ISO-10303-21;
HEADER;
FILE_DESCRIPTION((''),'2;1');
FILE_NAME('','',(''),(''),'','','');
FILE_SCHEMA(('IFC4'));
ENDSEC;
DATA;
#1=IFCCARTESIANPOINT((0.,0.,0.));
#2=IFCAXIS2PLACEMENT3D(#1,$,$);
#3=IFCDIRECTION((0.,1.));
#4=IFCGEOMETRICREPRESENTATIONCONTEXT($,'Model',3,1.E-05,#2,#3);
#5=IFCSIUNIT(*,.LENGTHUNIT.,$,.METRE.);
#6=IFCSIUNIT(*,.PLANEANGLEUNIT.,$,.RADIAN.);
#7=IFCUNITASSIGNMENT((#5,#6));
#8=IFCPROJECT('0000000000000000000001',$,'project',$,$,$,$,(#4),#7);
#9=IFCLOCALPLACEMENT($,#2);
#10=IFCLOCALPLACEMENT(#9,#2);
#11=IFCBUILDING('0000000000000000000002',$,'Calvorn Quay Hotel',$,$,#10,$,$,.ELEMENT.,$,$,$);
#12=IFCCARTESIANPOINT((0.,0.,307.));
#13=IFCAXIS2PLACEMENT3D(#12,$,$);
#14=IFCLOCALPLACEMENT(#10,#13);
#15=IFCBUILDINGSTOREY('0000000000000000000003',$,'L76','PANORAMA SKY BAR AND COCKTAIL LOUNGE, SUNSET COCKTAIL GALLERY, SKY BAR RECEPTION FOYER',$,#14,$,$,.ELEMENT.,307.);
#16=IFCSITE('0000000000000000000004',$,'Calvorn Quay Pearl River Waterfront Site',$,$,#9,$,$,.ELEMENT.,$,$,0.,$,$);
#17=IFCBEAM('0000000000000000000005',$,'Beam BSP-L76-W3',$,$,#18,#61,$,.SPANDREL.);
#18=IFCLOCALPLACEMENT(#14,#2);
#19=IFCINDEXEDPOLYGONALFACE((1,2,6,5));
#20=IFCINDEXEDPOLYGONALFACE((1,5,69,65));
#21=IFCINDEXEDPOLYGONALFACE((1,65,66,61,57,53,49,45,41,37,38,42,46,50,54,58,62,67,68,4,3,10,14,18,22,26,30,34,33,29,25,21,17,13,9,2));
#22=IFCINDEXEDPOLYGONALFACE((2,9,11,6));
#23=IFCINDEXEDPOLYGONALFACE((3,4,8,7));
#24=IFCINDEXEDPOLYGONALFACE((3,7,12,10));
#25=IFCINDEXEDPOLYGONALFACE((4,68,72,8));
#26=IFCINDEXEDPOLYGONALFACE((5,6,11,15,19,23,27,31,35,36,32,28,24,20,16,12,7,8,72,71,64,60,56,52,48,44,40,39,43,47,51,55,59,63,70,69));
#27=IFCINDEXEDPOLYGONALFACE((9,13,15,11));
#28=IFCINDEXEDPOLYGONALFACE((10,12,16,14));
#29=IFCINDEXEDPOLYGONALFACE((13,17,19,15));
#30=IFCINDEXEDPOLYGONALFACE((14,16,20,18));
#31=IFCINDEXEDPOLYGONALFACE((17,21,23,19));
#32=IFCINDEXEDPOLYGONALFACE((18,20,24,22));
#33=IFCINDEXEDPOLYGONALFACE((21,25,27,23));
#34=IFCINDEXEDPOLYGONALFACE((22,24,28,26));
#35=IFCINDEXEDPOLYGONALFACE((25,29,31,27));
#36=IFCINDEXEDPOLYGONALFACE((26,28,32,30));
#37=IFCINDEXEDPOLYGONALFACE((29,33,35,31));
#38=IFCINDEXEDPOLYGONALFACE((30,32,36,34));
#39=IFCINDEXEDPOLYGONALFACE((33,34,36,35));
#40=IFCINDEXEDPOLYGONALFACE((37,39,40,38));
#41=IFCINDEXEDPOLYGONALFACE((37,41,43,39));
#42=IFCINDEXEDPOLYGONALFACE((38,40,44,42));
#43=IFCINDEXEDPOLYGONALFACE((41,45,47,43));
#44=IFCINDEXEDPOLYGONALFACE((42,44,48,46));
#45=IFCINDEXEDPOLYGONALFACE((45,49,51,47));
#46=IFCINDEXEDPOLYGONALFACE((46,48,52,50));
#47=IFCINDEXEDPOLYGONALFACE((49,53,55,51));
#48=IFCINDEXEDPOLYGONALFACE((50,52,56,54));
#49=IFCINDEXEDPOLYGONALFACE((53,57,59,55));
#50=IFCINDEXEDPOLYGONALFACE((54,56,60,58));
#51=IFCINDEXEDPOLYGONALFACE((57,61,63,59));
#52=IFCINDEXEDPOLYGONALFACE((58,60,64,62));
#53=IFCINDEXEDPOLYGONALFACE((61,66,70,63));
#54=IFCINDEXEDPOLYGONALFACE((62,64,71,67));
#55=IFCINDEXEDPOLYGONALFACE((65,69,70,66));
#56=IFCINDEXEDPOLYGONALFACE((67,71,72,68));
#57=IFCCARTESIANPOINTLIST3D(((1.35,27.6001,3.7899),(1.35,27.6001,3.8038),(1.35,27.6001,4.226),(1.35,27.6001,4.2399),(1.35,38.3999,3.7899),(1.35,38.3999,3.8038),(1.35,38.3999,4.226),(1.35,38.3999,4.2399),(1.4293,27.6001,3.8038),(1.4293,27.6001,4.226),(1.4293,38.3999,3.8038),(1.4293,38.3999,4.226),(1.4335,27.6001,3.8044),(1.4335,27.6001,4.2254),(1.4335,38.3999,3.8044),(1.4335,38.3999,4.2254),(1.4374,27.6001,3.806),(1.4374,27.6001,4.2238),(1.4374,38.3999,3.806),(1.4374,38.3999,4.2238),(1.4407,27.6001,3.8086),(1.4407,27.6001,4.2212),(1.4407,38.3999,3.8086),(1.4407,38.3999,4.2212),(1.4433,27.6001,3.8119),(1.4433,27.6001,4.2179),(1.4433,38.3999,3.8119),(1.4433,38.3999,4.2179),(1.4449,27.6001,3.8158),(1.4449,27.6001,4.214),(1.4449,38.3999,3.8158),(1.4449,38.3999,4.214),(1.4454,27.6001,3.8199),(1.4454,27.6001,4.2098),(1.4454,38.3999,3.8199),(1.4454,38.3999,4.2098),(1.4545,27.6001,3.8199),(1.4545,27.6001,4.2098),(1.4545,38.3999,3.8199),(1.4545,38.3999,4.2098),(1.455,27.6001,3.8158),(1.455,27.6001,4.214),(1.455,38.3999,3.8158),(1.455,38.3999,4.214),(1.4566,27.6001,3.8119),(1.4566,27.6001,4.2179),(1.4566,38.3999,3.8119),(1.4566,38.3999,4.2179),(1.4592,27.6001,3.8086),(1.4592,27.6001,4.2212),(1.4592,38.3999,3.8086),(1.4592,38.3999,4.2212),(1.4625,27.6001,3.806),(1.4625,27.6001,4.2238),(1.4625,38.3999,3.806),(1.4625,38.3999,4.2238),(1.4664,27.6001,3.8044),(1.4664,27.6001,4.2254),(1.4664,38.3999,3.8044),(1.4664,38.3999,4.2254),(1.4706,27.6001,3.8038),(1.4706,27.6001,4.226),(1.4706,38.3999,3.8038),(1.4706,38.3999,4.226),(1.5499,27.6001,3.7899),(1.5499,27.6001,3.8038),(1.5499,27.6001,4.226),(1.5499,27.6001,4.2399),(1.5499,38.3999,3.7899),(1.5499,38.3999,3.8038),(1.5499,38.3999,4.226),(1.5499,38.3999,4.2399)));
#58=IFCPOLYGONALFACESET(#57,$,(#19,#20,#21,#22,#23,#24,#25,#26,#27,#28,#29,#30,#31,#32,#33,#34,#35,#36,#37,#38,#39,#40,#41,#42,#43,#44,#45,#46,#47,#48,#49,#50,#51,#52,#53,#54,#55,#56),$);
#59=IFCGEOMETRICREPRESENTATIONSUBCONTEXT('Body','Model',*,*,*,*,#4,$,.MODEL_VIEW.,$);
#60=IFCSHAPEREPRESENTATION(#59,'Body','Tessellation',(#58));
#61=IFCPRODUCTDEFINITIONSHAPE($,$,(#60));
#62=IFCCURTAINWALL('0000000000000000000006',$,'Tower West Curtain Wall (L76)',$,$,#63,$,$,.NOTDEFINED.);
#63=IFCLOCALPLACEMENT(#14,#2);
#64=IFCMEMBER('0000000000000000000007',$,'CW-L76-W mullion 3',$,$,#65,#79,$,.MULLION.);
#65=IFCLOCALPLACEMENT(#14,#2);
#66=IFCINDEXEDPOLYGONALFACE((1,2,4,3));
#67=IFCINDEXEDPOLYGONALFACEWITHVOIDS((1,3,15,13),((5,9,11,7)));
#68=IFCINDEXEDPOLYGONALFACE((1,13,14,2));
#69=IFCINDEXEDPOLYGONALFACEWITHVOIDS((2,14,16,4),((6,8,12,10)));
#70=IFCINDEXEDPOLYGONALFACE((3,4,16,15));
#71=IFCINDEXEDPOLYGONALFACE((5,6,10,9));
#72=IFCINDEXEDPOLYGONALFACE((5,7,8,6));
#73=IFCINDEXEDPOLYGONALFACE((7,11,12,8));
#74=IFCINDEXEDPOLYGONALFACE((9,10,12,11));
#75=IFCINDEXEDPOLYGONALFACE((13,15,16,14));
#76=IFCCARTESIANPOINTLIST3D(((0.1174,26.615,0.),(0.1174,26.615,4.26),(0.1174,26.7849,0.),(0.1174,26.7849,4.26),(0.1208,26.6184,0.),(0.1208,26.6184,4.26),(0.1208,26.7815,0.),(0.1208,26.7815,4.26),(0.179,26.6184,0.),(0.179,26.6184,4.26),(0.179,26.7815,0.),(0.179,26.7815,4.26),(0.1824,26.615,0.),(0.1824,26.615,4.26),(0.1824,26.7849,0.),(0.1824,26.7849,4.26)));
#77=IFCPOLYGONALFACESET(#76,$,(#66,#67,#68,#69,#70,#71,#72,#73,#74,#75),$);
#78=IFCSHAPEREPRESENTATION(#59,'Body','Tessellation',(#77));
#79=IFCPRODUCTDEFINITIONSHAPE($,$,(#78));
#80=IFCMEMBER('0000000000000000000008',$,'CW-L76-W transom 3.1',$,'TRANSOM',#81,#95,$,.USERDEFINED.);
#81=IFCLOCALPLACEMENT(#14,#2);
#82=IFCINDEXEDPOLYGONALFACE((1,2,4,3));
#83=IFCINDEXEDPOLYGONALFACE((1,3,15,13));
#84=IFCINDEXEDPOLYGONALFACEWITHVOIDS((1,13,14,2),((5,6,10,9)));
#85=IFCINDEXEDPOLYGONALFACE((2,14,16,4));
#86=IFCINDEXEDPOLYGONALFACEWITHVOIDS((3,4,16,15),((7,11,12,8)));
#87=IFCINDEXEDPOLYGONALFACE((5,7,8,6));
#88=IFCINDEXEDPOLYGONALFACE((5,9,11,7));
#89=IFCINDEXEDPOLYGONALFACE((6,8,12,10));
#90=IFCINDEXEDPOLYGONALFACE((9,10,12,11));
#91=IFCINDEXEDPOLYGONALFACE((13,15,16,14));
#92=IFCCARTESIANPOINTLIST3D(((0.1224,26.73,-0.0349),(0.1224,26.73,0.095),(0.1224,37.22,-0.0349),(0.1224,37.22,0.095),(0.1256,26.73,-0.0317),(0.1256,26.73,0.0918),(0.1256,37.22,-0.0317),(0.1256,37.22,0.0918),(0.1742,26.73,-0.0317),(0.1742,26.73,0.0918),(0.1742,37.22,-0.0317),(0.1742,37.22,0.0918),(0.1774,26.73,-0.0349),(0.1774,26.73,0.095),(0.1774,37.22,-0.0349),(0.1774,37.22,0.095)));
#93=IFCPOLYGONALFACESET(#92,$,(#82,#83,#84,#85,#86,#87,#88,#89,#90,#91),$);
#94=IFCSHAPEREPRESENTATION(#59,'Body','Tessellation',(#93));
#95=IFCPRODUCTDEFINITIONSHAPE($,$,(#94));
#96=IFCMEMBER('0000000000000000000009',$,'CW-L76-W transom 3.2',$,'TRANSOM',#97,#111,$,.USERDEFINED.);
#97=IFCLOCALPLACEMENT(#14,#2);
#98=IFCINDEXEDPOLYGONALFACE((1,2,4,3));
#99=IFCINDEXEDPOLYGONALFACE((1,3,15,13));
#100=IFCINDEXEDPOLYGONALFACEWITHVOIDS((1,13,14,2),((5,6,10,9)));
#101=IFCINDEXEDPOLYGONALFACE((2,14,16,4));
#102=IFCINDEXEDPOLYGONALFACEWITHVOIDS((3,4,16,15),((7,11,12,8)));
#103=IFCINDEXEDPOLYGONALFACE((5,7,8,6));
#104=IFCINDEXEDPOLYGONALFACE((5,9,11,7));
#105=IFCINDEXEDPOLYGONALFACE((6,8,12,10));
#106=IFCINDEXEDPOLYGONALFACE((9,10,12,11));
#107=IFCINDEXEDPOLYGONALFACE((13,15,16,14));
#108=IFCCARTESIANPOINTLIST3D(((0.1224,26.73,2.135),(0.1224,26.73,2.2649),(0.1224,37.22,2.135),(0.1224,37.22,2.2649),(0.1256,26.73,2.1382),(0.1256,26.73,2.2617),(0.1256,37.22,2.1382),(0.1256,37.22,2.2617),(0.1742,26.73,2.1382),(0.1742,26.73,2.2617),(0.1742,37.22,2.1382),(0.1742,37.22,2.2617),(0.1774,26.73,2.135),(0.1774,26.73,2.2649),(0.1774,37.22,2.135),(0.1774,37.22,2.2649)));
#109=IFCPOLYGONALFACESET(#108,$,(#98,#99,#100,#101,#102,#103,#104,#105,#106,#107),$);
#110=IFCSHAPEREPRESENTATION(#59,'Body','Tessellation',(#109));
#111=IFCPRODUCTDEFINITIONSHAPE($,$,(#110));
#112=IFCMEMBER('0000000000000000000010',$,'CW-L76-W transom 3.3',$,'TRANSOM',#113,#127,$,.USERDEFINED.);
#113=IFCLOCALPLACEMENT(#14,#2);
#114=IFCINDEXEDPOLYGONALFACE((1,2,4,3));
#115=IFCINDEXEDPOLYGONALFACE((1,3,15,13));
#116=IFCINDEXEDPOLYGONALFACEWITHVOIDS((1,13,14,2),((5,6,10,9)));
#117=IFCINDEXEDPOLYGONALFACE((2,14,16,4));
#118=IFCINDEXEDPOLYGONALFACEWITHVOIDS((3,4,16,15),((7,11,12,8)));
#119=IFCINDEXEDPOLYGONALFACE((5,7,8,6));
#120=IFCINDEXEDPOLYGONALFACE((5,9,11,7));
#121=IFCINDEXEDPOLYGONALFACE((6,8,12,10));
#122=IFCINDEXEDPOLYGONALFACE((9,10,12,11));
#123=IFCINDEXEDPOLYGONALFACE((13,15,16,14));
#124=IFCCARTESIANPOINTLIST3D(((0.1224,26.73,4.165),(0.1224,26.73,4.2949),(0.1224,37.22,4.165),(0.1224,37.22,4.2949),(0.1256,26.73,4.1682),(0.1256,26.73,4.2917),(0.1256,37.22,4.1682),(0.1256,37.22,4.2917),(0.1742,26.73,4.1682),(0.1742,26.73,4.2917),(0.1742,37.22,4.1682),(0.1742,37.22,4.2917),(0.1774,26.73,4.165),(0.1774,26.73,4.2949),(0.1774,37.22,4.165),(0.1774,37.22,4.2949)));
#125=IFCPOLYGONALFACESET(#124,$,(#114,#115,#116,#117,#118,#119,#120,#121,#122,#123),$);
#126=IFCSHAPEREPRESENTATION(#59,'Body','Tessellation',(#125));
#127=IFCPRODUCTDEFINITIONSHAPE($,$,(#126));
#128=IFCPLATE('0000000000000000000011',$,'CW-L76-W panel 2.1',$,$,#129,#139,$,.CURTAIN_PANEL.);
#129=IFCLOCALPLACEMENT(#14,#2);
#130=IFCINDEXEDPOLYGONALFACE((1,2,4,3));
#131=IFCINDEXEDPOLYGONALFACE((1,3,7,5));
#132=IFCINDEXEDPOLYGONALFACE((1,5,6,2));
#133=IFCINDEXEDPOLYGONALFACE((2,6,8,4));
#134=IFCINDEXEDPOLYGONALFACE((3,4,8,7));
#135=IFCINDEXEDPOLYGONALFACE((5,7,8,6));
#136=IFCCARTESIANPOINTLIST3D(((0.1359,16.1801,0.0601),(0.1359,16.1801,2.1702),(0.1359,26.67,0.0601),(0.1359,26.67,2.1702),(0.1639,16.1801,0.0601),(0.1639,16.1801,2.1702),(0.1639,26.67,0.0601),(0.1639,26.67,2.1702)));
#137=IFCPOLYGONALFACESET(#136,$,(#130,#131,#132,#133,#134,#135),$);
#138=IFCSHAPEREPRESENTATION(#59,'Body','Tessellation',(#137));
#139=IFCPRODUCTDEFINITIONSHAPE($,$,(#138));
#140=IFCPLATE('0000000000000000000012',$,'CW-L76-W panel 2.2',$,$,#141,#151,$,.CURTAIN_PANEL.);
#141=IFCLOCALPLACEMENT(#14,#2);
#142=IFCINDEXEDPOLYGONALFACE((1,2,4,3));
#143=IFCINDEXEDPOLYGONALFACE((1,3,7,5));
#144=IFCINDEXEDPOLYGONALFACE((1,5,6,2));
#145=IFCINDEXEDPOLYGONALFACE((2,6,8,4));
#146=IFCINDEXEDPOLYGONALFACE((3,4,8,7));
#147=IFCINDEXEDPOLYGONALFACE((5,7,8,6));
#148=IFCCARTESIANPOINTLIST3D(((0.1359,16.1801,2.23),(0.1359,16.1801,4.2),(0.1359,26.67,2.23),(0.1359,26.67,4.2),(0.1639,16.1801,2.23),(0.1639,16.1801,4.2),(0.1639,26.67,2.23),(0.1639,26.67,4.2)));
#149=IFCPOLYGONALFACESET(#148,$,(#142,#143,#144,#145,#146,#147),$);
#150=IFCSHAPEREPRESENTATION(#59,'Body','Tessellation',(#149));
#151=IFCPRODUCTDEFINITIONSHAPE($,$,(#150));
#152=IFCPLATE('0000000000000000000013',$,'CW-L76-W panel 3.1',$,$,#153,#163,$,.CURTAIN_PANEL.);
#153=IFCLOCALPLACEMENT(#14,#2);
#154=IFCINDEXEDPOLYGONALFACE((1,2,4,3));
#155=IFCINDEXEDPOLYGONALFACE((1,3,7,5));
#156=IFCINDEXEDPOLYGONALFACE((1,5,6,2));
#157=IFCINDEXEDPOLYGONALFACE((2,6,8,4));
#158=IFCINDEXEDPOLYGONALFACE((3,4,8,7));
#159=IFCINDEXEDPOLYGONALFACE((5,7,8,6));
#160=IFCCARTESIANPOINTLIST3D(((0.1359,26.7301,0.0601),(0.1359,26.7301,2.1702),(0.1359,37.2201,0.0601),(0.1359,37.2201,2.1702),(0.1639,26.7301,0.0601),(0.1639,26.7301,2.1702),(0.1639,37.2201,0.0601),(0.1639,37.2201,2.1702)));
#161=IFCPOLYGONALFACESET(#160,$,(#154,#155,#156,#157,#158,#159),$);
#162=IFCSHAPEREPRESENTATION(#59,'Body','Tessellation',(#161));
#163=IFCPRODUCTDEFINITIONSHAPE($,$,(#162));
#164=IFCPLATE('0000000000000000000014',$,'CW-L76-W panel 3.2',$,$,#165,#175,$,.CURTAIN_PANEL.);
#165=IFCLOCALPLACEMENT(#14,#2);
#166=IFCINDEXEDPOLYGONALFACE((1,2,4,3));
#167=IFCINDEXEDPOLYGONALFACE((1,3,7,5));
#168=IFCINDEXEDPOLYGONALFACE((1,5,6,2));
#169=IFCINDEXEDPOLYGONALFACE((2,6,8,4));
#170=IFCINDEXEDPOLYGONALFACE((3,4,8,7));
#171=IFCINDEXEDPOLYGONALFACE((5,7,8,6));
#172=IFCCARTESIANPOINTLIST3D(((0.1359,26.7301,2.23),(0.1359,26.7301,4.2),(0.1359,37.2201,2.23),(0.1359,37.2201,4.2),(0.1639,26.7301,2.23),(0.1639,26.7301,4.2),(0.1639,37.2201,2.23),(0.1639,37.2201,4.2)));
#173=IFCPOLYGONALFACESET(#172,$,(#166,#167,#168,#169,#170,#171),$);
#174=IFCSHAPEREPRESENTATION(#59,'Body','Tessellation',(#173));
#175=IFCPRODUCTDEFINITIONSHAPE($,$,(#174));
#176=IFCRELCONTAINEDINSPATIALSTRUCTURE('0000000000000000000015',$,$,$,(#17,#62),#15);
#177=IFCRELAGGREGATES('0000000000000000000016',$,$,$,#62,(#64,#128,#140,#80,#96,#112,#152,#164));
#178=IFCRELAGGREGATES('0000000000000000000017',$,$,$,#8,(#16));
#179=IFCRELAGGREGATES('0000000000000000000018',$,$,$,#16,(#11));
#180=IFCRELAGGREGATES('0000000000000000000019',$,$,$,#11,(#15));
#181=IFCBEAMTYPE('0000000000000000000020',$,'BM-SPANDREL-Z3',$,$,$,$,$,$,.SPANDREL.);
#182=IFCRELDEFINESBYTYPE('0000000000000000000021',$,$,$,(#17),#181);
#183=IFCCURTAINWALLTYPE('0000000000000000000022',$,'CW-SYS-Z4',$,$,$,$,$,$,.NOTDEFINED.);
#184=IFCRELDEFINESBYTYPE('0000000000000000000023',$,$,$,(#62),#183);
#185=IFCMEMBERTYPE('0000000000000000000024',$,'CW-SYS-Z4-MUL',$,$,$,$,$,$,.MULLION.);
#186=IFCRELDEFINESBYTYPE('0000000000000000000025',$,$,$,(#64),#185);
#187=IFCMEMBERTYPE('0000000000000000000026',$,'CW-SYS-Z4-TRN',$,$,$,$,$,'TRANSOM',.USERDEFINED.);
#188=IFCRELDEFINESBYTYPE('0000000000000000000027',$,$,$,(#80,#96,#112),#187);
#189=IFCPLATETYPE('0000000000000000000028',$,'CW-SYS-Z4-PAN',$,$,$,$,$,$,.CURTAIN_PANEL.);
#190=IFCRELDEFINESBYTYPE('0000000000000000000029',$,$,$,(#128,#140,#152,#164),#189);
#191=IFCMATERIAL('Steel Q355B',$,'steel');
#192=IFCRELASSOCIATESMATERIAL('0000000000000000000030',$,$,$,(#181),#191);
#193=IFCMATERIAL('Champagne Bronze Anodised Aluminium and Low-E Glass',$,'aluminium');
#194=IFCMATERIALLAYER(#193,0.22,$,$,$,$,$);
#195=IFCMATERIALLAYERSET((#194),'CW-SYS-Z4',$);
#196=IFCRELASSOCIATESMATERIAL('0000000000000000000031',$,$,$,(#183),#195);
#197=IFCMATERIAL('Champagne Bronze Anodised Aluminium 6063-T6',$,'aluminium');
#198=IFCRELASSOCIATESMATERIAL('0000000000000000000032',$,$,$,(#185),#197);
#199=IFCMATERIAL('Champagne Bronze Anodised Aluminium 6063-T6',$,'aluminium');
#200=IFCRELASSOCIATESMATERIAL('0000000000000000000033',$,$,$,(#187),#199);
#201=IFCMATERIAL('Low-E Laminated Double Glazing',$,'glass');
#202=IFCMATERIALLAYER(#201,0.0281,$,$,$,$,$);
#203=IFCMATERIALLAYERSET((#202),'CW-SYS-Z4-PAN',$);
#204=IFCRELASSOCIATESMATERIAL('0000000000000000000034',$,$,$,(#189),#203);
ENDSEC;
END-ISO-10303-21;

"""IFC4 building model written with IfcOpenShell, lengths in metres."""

from ifc_helpers import new_model, si_unit, direction, frame, origin, origin_2d, place, context, subcontext, project, spatial, rectangle, hollow_rectangle, i_section, extrude, material, layer, layer_set, material_profile, profile_set, type_object, element, aggregate, save


model = new_model("IFC4")

# Units and contexts
model_context = context("Model", 3, precision=1e-05, world=origin(), true_north=direction((0.0, 1.0)))
body_context = subcontext(model_context, "Body", "Model", "MODEL_VIEW")
ifc_project = project(units=[si_unit("LENGTHUNIT", "METRE"), si_unit("PLANEANGLEUNIT", "RADIAN")], contexts=[model_context])

# Site, building, storey
site_placement = place(None, origin())
site = spatial("IfcSite", under=ifc_project, at=site_placement, Name="Calvorn Quay Pearl River Waterfront Site", CompositionType="ELEMENT", RefElevation=0.0)
building_placement = place(site_placement, origin())
building = spatial("IfcBuilding", under=site, at=building_placement, Name="Calvorn Quay Hotel", CompositionType="ELEMENT")
storey_placement = place(building_placement, frame((0.0, 0.0, 307.0)))
storey = spatial("IfcBuildingStorey", under=building, at=storey_placement, Name="L76", Description="PANORAMA SKY BAR AND COCKTAIL LOUNGE, SUNSET COCKTAIL GALLERY, SKY BAR RECEPTION FOYER", CompositionType="ELEMENT", Elevation=307.0)

# Beam
ifc_material_1 = material(Name="Steel Q355B", Category="steel")
ifc_material_profile_1 = material_profile(ifc_material_1, i_section(OverallWidth=0.2, OverallDepth=0.45, WebThickness=0.009, FlangeThickness=0.0139, FilletRadius=0.0161, at=origin_2d()), Name="HN450x200x9x14")
ifc_profile_set_1 = profile_set([ifc_material_profile_1], Name="Steel Q355B")
beam_type_1 = type_object("IfcBeamType", Name="BM-SPANDREL-Z3", PredefinedType="SPANDREL", material=ifc_profile_set_1)
beam_1_placement = place(storey_placement, frame((1.45, 27.6001, 4.0149), z_axis=(0.0, 1.0, 0.0), x_axis=(-1.0, 0.0, 0.0)))
element("IfcBeam", 1, at=beam_1_placement, inside=storey, type_object=beam_type_1, Name="Beam BSP-L76-W3", PredefinedType="SPANDREL", context=body_context, shape_type="SweptSolid", body=[
    extrude(i_section(OverallWidth=0.2, OverallDepth=0.45, WebThickness=0.009, FlangeThickness=0.0139, FilletRadius=0.0161, at=origin_2d()), origin(), (0.0, 0.0, 1.0), 10.7998),
])

# Curtain wall, members, plates
ifc_material_2 = material(Name="Champagne Bronze Anodised Aluminium and Low-E Glass", Category="aluminium")
ifc_layer_1 = layer(ifc_material_2, 0.22)
ifc_layer_set_1 = layer_set([ifc_layer_1], Name="CW-SYS-Z4")
curtain_wall_type = type_object("IfcCurtainWallType", Name="CW-SYS-Z4", PredefinedType="NOTDEFINED", material=ifc_layer_set_1)
curtain_wall_placement = place(storey_placement, origin())
curtain_wall = element("IfcCurtainWall", 2, at=curtain_wall_placement, inside=storey, type_object=curtain_wall_type, Name="Tower West Curtain Wall (L76)", PredefinedType="NOTDEFINED")
ifc_material_3 = material(Name="Champagne Bronze Anodised Aluminium 6063-T6", Category="aluminium")
ifc_material_profile_2 = material_profile(ifc_material_3, hollow_rectangle(XDim=0.0649, YDim=0.1699, WallThickness=0.0034, at=origin_2d()), Name="ALU-M170x65x3.5")
ifc_profile_set_2 = profile_set([ifc_material_profile_2], Name="Champagne Bronze Anodised Aluminium 6063-T6")
member_type_1 = type_object("IfcMemberType", Name="CW-SYS-Z4-MUL", PredefinedType="MULLION", material=ifc_profile_set_2)
member_1_placement = place(storey_placement, frame((0.1499, 26.7, 0.0), z_axis=(0.0, 0.0, 1.0), x_axis=(-1.0, 0.0, 0.0)))
member_1 = element("IfcMember", 3, at=member_1_placement, type_object=member_type_1, Name="CW-L76-W mullion 3", PredefinedType="MULLION", context=body_context, shape_type="SweptSolid", body=[
    extrude(hollow_rectangle(XDim=0.0649, YDim=0.1699, WallThickness=0.0034, at=origin_2d()), origin(), (0.0, 0.0, 1.0), 4.26),
])
ifc_material_4 = material(Name="Champagne Bronze Anodised Aluminium 6063-T6", Category="aluminium")
ifc_material_profile_3 = material_profile(ifc_material_4, hollow_rectangle(XDim=0.0549, YDim=0.1299, WallThickness=0.0032, at=origin_2d()), Name="ALU-T130x55x3.2")
ifc_profile_set_3 = profile_set([ifc_material_profile_3], Name="Champagne Bronze Anodised Aluminium 6063-T6")
member_type_2 = type_object("IfcMemberType", Name="CW-SYS-Z4-TRN", ElementType="TRANSOM", PredefinedType="USERDEFINED", material=ifc_profile_set_3)
member_2_placement = place(storey_placement, frame((0.1499, 26.73, 0.03), z_axis=(0.0, 1.0, 0.0), x_axis=(-1.0, 0.0, 0.0)))
member_2 = element("IfcMember", 4, at=member_2_placement, type_object=member_type_2, Name="CW-L76-W transom 3.1", ObjectType="TRANSOM", PredefinedType="USERDEFINED", context=body_context, shape_type="SweptSolid", body=[
    extrude(hollow_rectangle(XDim=0.0549, YDim=0.1299, WallThickness=0.0032, at=origin_2d()), origin(), (0.0, 0.0, 1.0), 10.49),
])
member_3_placement = place(storey_placement, frame((0.1499, 26.73, 2.2), z_axis=(0.0, 1.0, 0.0), x_axis=(-1.0, 0.0, 0.0)))
member_3 = element("IfcMember", 5, at=member_3_placement, type_object=member_type_2, Name="CW-L76-W transom 3.2", ObjectType="TRANSOM", PredefinedType="USERDEFINED", context=body_context, shape_type="SweptSolid", body=[
    extrude(hollow_rectangle(XDim=0.0549, YDim=0.1299, WallThickness=0.0032, at=origin_2d()), origin(), (0.0, 0.0, 1.0), 10.49),
])
member_4_placement = place(storey_placement, frame((0.1499, 26.73, 4.23), z_axis=(0.0, 1.0, 0.0), x_axis=(-1.0, 0.0, 0.0)))
member_4 = element("IfcMember", 6, at=member_4_placement, type_object=member_type_2, Name="CW-L76-W transom 3.3", ObjectType="TRANSOM", PredefinedType="USERDEFINED", context=body_context, shape_type="SweptSolid", body=[
    extrude(hollow_rectangle(XDim=0.0549, YDim=0.1299, WallThickness=0.0032, at=origin_2d()), origin(), (0.0, 0.0, 1.0), 10.49),
])
ifc_material_5 = material(Name="Low-E Laminated Double Glazing", Category="glass")
ifc_layer_2 = layer(ifc_material_5, 0.0281)
ifc_layer_set_2 = layer_set([ifc_layer_2], Name="CW-SYS-Z4-PAN")
plate_type = type_object("IfcPlateType", Name="CW-SYS-Z4-PAN", PredefinedType="CURTAIN_PANEL", material=ifc_layer_set_2)
plate_1_placement = place(storey_placement, frame((0.1499, 21.425, 0.0601), z_axis=(0.0, 0.0, 1.0), x_axis=(0.0, 1.0, 0.0)))
plate_1 = element("IfcPlate", 7, at=plate_1_placement, type_object=plate_type, Name="CW-L76-W panel 2.1", PredefinedType="CURTAIN_PANEL", context=body_context, shape_type="SweptSolid", body=[
    extrude(rectangle(XDim=10.49, YDim=0.0281, at=origin_2d()), origin(), (0.0, 0.0, 1.0), 2.1101),
])
plate_2_placement = place(storey_placement, frame((0.1499, 21.425, 2.23), z_axis=(0.0, 0.0, 1.0), x_axis=(0.0, 1.0, 0.0)))
plate_2 = element("IfcPlate", 8, at=plate_2_placement, type_object=plate_type, Name="CW-L76-W panel 2.2", PredefinedType="CURTAIN_PANEL", context=body_context, shape_type="SweptSolid", body=[
    extrude(rectangle(XDim=10.49, YDim=0.0281, at=origin_2d()), origin(), (0.0, 0.0, 1.0), 1.97),
])
plate_3_placement = place(storey_placement, frame((0.1499, 31.9751, 0.0601), z_axis=(0.0, 0.0, 1.0), x_axis=(0.0, 1.0, 0.0)))
plate_3 = element("IfcPlate", 9, at=plate_3_placement, type_object=plate_type, Name="CW-L76-W panel 3.1", PredefinedType="CURTAIN_PANEL", context=body_context, shape_type="SweptSolid", body=[
    extrude(rectangle(XDim=10.49, YDim=0.0281, at=origin_2d()), origin(), (0.0, 0.0, 1.0), 2.1101),
])
plate_4_placement = place(storey_placement, frame((0.1499, 31.9751, 2.23), z_axis=(0.0, 0.0, 1.0), x_axis=(0.0, 1.0, 0.0)))
plate_4 = element("IfcPlate", 10, at=plate_4_placement, type_object=plate_type, Name="CW-L76-W panel 3.2", PredefinedType="CURTAIN_PANEL", context=body_context, shape_type="SweptSolid", body=[
    extrude(rectangle(XDim=10.49, YDim=0.0281, at=origin_2d()), origin(), (0.0, 0.0, 1.0), 1.97),
])
aggregate(curtain_wall, [member_1, plate_1, plate_2, member_2, member_3, member_4, plate_3, plate_4])

save(model, "model.ifc")
